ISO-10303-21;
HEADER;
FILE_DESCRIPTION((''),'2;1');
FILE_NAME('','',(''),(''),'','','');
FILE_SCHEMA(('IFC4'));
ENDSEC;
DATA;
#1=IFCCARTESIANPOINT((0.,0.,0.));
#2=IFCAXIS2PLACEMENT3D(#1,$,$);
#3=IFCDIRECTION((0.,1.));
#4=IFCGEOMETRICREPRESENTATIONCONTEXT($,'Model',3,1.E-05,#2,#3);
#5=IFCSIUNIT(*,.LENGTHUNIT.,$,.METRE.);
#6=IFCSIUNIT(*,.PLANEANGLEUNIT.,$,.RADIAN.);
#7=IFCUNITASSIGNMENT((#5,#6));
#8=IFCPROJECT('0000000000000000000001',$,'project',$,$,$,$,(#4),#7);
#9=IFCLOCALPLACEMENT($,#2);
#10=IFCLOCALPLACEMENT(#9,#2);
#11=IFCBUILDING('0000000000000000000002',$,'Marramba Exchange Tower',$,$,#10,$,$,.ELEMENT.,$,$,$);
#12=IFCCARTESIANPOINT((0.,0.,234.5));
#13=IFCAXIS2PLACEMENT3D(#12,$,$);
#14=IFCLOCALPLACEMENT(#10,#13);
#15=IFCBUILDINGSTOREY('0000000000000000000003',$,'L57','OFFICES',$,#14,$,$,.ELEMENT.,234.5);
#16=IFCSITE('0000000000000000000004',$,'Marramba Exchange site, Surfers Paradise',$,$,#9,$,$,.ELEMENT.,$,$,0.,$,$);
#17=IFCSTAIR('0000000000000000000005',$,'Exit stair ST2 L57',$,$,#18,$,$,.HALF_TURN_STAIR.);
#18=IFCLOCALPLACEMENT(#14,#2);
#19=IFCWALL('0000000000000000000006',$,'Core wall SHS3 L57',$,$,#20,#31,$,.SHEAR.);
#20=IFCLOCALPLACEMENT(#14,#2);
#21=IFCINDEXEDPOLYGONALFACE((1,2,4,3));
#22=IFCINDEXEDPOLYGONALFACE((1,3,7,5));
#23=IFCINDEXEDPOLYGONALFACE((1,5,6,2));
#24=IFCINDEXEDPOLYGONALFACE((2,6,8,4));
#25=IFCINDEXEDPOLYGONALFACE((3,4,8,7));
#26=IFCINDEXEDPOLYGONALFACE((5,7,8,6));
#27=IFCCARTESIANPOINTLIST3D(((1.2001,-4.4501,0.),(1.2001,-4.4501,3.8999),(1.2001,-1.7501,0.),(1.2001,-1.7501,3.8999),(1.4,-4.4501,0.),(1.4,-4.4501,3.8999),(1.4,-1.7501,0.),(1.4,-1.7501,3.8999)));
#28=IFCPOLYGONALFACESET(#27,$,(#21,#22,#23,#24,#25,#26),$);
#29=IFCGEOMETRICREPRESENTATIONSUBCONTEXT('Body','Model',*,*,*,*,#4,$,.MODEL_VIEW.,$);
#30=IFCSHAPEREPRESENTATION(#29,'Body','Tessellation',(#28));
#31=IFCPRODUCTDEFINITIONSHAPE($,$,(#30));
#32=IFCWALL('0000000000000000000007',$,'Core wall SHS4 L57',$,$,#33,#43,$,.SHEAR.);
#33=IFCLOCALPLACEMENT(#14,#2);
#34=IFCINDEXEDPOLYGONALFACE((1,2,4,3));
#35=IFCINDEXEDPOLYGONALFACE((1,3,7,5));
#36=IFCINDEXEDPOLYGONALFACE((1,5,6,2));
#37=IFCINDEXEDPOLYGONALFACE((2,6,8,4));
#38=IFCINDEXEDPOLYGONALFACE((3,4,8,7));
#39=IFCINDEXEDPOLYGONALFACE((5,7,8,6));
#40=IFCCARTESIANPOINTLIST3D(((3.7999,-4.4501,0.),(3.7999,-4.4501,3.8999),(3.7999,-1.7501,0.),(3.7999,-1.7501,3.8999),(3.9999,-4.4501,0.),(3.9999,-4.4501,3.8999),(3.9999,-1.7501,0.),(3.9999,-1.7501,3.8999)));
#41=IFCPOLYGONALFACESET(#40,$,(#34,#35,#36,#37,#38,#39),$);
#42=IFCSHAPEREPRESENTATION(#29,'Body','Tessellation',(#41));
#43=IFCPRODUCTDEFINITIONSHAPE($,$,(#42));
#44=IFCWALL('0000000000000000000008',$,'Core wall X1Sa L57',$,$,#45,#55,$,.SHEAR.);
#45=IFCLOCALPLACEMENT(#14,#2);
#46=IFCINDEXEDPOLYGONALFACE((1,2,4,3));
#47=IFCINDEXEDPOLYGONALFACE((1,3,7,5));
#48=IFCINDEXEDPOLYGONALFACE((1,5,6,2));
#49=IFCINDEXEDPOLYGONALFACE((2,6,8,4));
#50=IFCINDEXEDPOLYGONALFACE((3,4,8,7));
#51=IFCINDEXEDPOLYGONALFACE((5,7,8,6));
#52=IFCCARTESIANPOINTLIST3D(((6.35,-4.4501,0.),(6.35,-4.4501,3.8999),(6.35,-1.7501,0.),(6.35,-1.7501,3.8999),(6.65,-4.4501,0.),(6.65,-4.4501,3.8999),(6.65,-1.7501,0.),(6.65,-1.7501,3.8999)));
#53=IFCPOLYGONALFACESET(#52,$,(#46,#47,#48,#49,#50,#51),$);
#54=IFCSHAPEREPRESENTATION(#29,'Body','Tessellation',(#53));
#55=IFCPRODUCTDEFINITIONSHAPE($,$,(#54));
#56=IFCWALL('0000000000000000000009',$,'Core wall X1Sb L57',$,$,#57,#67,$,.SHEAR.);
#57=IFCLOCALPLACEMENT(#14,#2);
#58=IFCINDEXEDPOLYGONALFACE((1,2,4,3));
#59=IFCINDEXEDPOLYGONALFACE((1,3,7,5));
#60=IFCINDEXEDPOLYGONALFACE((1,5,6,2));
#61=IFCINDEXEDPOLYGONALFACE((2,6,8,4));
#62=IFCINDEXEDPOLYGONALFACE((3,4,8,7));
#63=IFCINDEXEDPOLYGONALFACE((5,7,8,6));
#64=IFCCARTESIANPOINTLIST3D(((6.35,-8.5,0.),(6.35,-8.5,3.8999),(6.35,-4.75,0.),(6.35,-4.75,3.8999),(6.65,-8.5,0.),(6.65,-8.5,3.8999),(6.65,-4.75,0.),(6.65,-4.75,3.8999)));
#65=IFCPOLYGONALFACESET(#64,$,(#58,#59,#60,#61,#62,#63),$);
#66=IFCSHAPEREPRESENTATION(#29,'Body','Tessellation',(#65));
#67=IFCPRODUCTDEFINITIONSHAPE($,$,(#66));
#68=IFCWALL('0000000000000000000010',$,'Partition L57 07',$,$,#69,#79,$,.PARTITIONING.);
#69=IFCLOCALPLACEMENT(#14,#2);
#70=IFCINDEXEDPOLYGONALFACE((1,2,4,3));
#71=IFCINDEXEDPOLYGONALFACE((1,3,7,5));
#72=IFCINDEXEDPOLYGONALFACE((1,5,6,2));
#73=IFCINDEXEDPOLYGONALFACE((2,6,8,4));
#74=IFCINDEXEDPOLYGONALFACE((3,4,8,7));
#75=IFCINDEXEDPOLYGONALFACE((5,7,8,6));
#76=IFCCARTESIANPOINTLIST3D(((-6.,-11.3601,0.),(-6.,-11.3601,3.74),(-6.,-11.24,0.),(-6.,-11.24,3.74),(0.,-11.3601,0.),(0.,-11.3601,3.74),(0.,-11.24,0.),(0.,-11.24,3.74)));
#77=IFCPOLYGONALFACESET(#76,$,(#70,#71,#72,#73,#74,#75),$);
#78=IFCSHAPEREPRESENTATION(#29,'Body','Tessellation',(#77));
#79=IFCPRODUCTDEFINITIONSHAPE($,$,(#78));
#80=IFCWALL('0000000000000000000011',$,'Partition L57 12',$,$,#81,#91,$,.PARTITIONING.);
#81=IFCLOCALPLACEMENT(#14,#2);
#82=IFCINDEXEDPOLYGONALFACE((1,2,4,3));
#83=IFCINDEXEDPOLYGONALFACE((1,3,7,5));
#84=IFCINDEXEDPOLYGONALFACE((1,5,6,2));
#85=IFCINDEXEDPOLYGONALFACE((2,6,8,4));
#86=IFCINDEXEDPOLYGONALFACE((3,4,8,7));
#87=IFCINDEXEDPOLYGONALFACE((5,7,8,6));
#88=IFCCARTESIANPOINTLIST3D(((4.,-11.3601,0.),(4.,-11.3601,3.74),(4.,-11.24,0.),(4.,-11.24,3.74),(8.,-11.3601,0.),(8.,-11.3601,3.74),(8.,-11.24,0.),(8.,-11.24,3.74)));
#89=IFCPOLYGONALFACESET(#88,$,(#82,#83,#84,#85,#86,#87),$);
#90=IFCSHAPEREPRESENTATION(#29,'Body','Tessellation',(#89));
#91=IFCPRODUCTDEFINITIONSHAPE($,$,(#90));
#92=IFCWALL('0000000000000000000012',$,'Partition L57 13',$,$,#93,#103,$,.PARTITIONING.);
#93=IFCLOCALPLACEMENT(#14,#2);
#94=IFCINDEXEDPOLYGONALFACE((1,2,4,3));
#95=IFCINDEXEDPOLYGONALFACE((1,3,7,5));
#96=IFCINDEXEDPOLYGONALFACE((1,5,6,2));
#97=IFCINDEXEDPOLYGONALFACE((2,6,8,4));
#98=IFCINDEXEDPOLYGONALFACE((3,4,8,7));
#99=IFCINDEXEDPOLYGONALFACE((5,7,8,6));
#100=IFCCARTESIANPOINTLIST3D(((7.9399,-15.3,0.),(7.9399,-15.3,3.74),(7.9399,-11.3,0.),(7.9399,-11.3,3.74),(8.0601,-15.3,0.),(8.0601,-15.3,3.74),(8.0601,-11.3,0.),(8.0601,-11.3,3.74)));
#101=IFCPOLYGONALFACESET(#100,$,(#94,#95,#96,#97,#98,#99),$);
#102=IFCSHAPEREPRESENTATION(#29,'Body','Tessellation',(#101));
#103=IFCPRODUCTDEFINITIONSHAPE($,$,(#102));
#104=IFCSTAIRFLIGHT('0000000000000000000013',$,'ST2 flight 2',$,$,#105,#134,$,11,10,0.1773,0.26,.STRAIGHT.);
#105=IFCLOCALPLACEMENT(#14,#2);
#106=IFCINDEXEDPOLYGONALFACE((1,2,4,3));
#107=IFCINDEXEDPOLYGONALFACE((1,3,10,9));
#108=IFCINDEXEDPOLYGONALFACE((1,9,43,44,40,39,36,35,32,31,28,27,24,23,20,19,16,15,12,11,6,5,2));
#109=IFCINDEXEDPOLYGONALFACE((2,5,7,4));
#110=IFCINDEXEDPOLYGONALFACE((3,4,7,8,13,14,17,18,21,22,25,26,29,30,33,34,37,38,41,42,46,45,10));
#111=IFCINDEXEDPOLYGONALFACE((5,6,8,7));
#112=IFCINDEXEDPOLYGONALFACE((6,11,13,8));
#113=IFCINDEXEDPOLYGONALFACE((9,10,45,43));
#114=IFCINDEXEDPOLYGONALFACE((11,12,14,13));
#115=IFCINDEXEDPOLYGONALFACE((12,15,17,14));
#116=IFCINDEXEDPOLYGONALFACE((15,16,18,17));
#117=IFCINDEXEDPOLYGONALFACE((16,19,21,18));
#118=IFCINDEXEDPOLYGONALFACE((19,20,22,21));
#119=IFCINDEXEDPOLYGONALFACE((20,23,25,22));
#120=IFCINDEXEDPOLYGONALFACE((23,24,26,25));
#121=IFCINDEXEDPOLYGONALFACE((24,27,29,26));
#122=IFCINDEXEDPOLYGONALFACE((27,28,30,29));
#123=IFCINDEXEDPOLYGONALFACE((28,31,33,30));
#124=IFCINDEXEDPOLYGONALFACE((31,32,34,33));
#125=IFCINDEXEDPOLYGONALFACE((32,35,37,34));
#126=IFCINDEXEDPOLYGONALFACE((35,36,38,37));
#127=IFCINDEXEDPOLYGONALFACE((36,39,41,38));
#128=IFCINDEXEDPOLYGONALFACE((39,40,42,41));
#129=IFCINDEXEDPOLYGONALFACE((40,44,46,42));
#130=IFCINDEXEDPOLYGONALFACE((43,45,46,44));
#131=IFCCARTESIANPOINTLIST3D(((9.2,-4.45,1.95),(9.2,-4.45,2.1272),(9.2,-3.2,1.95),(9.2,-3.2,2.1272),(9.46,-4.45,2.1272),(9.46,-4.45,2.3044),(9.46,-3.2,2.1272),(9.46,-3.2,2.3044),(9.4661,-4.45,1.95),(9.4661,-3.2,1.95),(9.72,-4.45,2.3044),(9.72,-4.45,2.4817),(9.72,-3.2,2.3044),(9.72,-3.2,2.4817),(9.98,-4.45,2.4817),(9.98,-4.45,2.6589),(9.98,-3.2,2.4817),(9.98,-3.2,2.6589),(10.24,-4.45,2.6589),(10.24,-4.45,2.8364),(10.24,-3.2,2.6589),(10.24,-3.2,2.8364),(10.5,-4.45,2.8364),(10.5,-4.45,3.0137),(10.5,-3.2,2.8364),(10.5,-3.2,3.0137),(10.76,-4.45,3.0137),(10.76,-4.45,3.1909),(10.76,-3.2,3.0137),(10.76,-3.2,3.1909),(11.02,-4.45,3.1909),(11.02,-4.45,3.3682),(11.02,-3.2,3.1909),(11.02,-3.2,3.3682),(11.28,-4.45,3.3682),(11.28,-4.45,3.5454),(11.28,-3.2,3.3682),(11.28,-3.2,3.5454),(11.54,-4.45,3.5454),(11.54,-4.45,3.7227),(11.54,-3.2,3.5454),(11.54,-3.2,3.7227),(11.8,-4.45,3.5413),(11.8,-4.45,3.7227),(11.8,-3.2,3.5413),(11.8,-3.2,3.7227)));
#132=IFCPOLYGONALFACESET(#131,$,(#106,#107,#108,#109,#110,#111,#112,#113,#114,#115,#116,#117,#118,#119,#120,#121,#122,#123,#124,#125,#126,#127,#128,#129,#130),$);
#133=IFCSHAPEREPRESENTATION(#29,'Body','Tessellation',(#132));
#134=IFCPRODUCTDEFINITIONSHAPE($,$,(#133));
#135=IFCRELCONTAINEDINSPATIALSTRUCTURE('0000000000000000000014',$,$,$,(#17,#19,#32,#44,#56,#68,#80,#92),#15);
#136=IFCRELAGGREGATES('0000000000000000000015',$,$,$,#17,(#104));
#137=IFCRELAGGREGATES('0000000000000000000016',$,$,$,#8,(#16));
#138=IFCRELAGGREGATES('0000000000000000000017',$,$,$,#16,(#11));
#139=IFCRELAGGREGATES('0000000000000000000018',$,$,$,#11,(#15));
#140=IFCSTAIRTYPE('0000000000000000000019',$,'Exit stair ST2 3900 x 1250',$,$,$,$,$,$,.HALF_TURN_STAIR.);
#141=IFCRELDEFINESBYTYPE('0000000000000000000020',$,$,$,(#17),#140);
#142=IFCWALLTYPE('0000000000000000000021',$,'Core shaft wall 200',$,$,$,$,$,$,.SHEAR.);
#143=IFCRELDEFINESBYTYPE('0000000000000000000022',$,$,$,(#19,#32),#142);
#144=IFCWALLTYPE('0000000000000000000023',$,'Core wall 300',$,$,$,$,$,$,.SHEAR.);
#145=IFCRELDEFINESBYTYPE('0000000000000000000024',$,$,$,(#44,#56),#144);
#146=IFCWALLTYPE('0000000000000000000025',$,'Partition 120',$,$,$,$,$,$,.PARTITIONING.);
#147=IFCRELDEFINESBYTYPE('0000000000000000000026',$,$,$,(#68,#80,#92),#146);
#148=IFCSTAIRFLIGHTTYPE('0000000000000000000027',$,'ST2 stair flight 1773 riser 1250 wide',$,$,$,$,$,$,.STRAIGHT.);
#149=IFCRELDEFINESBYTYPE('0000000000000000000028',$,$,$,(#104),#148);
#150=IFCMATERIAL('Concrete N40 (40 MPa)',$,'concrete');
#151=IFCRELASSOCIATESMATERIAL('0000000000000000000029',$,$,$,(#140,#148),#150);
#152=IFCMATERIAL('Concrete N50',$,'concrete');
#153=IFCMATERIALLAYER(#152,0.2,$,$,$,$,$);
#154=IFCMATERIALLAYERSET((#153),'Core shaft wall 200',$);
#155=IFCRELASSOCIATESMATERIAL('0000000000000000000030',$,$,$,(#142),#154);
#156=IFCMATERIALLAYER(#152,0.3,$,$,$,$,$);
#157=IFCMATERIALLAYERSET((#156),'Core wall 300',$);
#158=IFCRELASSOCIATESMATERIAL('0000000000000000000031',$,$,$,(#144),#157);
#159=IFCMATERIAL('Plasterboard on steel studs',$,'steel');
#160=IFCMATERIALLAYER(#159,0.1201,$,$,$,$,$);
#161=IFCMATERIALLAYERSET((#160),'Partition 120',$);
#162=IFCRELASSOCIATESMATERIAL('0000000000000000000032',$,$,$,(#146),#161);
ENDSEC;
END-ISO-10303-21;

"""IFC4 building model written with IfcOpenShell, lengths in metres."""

from ifc_helpers import new_model, si_unit, direction, frame, frame_2d, origin, place, context, subcontext, project, spatial, polyline, rectangle, outline, extrude, material, layer, layer_set, type_object, element, aggregate, save


model = new_model("IFC4")

# Units and contexts
model_context = context("Model", 3, precision=1e-05, world=origin(), true_north=direction((0.0, 1.0)))
body_context = subcontext(model_context, "Body", "Model", "MODEL_VIEW")
ifc_project = project(units=[si_unit("LENGTHUNIT", "METRE"), si_unit("PLANEANGLEUNIT", "RADIAN")], contexts=[model_context])

# Site, building, storey
site_placement = place(None, origin())
site = spatial("IfcSite", under=ifc_project, at=site_placement, Name="Marramba Exchange site, Surfers Paradise", CompositionType="ELEMENT", RefElevation=0.0)
building_placement = place(site_placement, origin())
building = spatial("IfcBuilding", under=site, at=building_placement, Name="Marramba Exchange Tower", CompositionType="ELEMENT")
storey_placement = place(building_placement, frame((0.0, 0.0, 234.5)))
storey = spatial("IfcBuildingStorey", under=building, at=storey_placement, Name="L57", Description="OFFICES", CompositionType="ELEMENT", Elevation=234.5)

# Stair
ifc_material_1 = material(Name="Concrete N40 (40 MPa)", Category="concrete")
stair_type_1 = type_object("IfcStairType", Name="Exit stair ST2 3900 x 1250", PredefinedType="HALF_TURN_STAIR", material=ifc_material_1)
stair_1_placement = place(storey_placement, origin())
stair_1 = element("IfcStair", 1, at=stair_1_placement, inside=storey, type_object=stair_type_1, Name="Exit stair ST2 L57", PredefinedType="HALF_TURN_STAIR")

# Walls
ifc_material_2 = material(Name="Concrete N50", Category="concrete")
ifc_layer_1 = layer(ifc_material_2, 0.2)
ifc_layer_set_1 = layer_set([ifc_layer_1], Name="Core shaft wall 200")
wall_type_1 = type_object("IfcWallType", Name="Core shaft wall 200", PredefinedType="SHEAR", material=ifc_layer_set_1)
for number, where, z_axis, x_axis, name in (
    (2, (1.3, -1.75, 0.0), (0.0, 0.0, 1.0), (0.0, -1.0, 0.0), "Core wall SHS3 L57"),
    (3, (3.8999, -1.75, 0.0), (0.0, 0.0, 1.0), (0.0, -1.0, 0.0), "Core wall SHS4 L57"),
):
    element("IfcWall", number, at=place(storey_placement, frame(where, z_axis=z_axis, x_axis=x_axis)), inside=storey, type_object=wall_type_1, Name=name, PredefinedType="SHEAR", context=body_context, shape_type="SweptSolid", body=[
        extrude(rectangle(XDim=2.7, YDim=0.2, at=frame_2d((1.3501, 0.0))), origin(), (0.0, 0.0, 1.0), 3.8999),
    ])
ifc_layer_2 = layer(ifc_material_2, 0.3)
ifc_layer_set_2 = layer_set([ifc_layer_2], Name="Core wall 300")
wall_type_2 = type_object("IfcWallType", Name="Core wall 300", PredefinedType="SHEAR", material=ifc_layer_set_2)
wall_1_placement = place(storey_placement, frame((6.5, -1.75, 0.0), z_axis=(0.0, 0.0, 1.0), x_axis=(0.0, -1.0, 0.0)))
element("IfcWall", 4, at=wall_1_placement, inside=storey, type_object=wall_type_2, Name="Core wall X1Sa L57", PredefinedType="SHEAR", context=body_context, shape_type="SweptSolid", body=[
    extrude(rectangle(XDim=2.7, YDim=0.3, at=frame_2d((1.3501, 0.0))), origin(), (0.0, 0.0, 1.0), 3.8999),
])
wall_2_placement = place(storey_placement, frame((6.5, -4.75, 0.0), z_axis=(0.0, 0.0, 1.0), x_axis=(0.0, -1.0, 0.0)))
element("IfcWall", 5, at=wall_2_placement, inside=storey, type_object=wall_type_2, Name="Core wall X1Sb L57", PredefinedType="SHEAR", context=body_context, shape_type="SweptSolid", body=[
    extrude(rectangle(XDim=3.75, YDim=0.3, at=frame_2d((1.875, 0.0))), origin(), (0.0, 0.0, 1.0), 3.8999),
])
ifc_material_3 = material(Name="Plasterboard on steel studs", Category="steel")
ifc_layer_3 = layer(ifc_material_3, 0.1201)
ifc_layer_set_3 = layer_set([ifc_layer_3], Name="Partition 120")
wall_type_3 = type_object("IfcWallType", Name="Partition 120", PredefinedType="PARTITIONING", material=ifc_layer_set_3)
wall_3_placement = place(storey_placement, frame((0.0, -11.3, 0.0), z_axis=(0.0, 0.0, 1.0), x_axis=(-1.0, 0.0, 0.0)))
element("IfcWall", 6, at=wall_3_placement, inside=storey, type_object=wall_type_3, Name="Partition L57 07", PredefinedType="PARTITIONING", context=body_context, shape_type="SweptSolid", body=[
    extrude(rectangle(XDim=6.0, YDim=0.1201, at=frame_2d((3.0, 0.0))), origin(), (0.0, 0.0, 1.0), 3.74),
])
for number, where, z_axis, x_axis, name in (
    (7, (4.0, -11.3, 0.0), (0.0, 0.0, 1.0), (1.0, 0.0, 0.0), "Partition L57 12"),
    (8, (8.0, -11.3, 0.0), (0.0, 0.0, 1.0), (0.0, -1.0, 0.0), "Partition L57 13"),
):
    element("IfcWall", number, at=place(storey_placement, frame(where, z_axis=z_axis, x_axis=x_axis)), inside=storey, type_object=wall_type_3, Name=name, PredefinedType="PARTITIONING", context=body_context, shape_type="SweptSolid", body=[
        extrude(rectangle(XDim=4.0, YDim=0.1201, at=frame_2d((2.0, 0.0))), origin(), (0.0, 0.0, 1.0), 3.74),
    ])

# Stair flight
stair_flight_type = type_object("IfcStairFlightType", Name="ST2 stair flight 1773 riser 1250 wide", PredefinedType="STRAIGHT", material=ifc_material_1)
stair_flight_placement = place(storey_placement, frame((9.2, -3.825, 1.95), z_axis=(0.0, 0.0, 1.0), x_axis=(1.0, 0.0, 0.0)))
stair_flight = element("IfcStairFlight", 9, at=stair_flight_placement, type_object=stair_flight_type, Name="ST2 flight 2", NumberOfRisers=11, NumberOfTreads=10, PredefinedType="STRAIGHT", RiserHeight=0.1773, TreadLength=0.26, context=body_context, shape_type="SweptSolid", body=[
    extrude(outline(polyline([(0.0, 0.0), (0.0, 0.1772), (0.26, 0.1772), (0.26, 0.3545), (0.52, 0.3545), (0.52, 0.5317), (0.78, 0.5317), (0.78, 0.709), (1.04, 0.709), (1.04, 0.8865), (1.3, 0.8865), (1.3, 1.0637), (1.5601, 1.0637), (1.5601, 1.241), (1.8201, 1.241), (1.8201, 1.4182), (2.0801, 1.4182), (2.0801, 1.5955), (2.3401, 1.5955), (2.3401, 1.7727), (2.6001, 1.7727), (2.6001, 1.95), (2.6001, 1.5913), (0.2661, 0.0), (0.0, 0.0)])), frame((0.0, 0.625, 0.0), z_axis=(0.0, -1.0, 0.0), x_axis=(1.0, 0.0, 0.0)), (0.0, 0.0, 1.0), 1.25),
])
aggregate(stair_1, [stair_flight])

save(model, "model.ifc")
